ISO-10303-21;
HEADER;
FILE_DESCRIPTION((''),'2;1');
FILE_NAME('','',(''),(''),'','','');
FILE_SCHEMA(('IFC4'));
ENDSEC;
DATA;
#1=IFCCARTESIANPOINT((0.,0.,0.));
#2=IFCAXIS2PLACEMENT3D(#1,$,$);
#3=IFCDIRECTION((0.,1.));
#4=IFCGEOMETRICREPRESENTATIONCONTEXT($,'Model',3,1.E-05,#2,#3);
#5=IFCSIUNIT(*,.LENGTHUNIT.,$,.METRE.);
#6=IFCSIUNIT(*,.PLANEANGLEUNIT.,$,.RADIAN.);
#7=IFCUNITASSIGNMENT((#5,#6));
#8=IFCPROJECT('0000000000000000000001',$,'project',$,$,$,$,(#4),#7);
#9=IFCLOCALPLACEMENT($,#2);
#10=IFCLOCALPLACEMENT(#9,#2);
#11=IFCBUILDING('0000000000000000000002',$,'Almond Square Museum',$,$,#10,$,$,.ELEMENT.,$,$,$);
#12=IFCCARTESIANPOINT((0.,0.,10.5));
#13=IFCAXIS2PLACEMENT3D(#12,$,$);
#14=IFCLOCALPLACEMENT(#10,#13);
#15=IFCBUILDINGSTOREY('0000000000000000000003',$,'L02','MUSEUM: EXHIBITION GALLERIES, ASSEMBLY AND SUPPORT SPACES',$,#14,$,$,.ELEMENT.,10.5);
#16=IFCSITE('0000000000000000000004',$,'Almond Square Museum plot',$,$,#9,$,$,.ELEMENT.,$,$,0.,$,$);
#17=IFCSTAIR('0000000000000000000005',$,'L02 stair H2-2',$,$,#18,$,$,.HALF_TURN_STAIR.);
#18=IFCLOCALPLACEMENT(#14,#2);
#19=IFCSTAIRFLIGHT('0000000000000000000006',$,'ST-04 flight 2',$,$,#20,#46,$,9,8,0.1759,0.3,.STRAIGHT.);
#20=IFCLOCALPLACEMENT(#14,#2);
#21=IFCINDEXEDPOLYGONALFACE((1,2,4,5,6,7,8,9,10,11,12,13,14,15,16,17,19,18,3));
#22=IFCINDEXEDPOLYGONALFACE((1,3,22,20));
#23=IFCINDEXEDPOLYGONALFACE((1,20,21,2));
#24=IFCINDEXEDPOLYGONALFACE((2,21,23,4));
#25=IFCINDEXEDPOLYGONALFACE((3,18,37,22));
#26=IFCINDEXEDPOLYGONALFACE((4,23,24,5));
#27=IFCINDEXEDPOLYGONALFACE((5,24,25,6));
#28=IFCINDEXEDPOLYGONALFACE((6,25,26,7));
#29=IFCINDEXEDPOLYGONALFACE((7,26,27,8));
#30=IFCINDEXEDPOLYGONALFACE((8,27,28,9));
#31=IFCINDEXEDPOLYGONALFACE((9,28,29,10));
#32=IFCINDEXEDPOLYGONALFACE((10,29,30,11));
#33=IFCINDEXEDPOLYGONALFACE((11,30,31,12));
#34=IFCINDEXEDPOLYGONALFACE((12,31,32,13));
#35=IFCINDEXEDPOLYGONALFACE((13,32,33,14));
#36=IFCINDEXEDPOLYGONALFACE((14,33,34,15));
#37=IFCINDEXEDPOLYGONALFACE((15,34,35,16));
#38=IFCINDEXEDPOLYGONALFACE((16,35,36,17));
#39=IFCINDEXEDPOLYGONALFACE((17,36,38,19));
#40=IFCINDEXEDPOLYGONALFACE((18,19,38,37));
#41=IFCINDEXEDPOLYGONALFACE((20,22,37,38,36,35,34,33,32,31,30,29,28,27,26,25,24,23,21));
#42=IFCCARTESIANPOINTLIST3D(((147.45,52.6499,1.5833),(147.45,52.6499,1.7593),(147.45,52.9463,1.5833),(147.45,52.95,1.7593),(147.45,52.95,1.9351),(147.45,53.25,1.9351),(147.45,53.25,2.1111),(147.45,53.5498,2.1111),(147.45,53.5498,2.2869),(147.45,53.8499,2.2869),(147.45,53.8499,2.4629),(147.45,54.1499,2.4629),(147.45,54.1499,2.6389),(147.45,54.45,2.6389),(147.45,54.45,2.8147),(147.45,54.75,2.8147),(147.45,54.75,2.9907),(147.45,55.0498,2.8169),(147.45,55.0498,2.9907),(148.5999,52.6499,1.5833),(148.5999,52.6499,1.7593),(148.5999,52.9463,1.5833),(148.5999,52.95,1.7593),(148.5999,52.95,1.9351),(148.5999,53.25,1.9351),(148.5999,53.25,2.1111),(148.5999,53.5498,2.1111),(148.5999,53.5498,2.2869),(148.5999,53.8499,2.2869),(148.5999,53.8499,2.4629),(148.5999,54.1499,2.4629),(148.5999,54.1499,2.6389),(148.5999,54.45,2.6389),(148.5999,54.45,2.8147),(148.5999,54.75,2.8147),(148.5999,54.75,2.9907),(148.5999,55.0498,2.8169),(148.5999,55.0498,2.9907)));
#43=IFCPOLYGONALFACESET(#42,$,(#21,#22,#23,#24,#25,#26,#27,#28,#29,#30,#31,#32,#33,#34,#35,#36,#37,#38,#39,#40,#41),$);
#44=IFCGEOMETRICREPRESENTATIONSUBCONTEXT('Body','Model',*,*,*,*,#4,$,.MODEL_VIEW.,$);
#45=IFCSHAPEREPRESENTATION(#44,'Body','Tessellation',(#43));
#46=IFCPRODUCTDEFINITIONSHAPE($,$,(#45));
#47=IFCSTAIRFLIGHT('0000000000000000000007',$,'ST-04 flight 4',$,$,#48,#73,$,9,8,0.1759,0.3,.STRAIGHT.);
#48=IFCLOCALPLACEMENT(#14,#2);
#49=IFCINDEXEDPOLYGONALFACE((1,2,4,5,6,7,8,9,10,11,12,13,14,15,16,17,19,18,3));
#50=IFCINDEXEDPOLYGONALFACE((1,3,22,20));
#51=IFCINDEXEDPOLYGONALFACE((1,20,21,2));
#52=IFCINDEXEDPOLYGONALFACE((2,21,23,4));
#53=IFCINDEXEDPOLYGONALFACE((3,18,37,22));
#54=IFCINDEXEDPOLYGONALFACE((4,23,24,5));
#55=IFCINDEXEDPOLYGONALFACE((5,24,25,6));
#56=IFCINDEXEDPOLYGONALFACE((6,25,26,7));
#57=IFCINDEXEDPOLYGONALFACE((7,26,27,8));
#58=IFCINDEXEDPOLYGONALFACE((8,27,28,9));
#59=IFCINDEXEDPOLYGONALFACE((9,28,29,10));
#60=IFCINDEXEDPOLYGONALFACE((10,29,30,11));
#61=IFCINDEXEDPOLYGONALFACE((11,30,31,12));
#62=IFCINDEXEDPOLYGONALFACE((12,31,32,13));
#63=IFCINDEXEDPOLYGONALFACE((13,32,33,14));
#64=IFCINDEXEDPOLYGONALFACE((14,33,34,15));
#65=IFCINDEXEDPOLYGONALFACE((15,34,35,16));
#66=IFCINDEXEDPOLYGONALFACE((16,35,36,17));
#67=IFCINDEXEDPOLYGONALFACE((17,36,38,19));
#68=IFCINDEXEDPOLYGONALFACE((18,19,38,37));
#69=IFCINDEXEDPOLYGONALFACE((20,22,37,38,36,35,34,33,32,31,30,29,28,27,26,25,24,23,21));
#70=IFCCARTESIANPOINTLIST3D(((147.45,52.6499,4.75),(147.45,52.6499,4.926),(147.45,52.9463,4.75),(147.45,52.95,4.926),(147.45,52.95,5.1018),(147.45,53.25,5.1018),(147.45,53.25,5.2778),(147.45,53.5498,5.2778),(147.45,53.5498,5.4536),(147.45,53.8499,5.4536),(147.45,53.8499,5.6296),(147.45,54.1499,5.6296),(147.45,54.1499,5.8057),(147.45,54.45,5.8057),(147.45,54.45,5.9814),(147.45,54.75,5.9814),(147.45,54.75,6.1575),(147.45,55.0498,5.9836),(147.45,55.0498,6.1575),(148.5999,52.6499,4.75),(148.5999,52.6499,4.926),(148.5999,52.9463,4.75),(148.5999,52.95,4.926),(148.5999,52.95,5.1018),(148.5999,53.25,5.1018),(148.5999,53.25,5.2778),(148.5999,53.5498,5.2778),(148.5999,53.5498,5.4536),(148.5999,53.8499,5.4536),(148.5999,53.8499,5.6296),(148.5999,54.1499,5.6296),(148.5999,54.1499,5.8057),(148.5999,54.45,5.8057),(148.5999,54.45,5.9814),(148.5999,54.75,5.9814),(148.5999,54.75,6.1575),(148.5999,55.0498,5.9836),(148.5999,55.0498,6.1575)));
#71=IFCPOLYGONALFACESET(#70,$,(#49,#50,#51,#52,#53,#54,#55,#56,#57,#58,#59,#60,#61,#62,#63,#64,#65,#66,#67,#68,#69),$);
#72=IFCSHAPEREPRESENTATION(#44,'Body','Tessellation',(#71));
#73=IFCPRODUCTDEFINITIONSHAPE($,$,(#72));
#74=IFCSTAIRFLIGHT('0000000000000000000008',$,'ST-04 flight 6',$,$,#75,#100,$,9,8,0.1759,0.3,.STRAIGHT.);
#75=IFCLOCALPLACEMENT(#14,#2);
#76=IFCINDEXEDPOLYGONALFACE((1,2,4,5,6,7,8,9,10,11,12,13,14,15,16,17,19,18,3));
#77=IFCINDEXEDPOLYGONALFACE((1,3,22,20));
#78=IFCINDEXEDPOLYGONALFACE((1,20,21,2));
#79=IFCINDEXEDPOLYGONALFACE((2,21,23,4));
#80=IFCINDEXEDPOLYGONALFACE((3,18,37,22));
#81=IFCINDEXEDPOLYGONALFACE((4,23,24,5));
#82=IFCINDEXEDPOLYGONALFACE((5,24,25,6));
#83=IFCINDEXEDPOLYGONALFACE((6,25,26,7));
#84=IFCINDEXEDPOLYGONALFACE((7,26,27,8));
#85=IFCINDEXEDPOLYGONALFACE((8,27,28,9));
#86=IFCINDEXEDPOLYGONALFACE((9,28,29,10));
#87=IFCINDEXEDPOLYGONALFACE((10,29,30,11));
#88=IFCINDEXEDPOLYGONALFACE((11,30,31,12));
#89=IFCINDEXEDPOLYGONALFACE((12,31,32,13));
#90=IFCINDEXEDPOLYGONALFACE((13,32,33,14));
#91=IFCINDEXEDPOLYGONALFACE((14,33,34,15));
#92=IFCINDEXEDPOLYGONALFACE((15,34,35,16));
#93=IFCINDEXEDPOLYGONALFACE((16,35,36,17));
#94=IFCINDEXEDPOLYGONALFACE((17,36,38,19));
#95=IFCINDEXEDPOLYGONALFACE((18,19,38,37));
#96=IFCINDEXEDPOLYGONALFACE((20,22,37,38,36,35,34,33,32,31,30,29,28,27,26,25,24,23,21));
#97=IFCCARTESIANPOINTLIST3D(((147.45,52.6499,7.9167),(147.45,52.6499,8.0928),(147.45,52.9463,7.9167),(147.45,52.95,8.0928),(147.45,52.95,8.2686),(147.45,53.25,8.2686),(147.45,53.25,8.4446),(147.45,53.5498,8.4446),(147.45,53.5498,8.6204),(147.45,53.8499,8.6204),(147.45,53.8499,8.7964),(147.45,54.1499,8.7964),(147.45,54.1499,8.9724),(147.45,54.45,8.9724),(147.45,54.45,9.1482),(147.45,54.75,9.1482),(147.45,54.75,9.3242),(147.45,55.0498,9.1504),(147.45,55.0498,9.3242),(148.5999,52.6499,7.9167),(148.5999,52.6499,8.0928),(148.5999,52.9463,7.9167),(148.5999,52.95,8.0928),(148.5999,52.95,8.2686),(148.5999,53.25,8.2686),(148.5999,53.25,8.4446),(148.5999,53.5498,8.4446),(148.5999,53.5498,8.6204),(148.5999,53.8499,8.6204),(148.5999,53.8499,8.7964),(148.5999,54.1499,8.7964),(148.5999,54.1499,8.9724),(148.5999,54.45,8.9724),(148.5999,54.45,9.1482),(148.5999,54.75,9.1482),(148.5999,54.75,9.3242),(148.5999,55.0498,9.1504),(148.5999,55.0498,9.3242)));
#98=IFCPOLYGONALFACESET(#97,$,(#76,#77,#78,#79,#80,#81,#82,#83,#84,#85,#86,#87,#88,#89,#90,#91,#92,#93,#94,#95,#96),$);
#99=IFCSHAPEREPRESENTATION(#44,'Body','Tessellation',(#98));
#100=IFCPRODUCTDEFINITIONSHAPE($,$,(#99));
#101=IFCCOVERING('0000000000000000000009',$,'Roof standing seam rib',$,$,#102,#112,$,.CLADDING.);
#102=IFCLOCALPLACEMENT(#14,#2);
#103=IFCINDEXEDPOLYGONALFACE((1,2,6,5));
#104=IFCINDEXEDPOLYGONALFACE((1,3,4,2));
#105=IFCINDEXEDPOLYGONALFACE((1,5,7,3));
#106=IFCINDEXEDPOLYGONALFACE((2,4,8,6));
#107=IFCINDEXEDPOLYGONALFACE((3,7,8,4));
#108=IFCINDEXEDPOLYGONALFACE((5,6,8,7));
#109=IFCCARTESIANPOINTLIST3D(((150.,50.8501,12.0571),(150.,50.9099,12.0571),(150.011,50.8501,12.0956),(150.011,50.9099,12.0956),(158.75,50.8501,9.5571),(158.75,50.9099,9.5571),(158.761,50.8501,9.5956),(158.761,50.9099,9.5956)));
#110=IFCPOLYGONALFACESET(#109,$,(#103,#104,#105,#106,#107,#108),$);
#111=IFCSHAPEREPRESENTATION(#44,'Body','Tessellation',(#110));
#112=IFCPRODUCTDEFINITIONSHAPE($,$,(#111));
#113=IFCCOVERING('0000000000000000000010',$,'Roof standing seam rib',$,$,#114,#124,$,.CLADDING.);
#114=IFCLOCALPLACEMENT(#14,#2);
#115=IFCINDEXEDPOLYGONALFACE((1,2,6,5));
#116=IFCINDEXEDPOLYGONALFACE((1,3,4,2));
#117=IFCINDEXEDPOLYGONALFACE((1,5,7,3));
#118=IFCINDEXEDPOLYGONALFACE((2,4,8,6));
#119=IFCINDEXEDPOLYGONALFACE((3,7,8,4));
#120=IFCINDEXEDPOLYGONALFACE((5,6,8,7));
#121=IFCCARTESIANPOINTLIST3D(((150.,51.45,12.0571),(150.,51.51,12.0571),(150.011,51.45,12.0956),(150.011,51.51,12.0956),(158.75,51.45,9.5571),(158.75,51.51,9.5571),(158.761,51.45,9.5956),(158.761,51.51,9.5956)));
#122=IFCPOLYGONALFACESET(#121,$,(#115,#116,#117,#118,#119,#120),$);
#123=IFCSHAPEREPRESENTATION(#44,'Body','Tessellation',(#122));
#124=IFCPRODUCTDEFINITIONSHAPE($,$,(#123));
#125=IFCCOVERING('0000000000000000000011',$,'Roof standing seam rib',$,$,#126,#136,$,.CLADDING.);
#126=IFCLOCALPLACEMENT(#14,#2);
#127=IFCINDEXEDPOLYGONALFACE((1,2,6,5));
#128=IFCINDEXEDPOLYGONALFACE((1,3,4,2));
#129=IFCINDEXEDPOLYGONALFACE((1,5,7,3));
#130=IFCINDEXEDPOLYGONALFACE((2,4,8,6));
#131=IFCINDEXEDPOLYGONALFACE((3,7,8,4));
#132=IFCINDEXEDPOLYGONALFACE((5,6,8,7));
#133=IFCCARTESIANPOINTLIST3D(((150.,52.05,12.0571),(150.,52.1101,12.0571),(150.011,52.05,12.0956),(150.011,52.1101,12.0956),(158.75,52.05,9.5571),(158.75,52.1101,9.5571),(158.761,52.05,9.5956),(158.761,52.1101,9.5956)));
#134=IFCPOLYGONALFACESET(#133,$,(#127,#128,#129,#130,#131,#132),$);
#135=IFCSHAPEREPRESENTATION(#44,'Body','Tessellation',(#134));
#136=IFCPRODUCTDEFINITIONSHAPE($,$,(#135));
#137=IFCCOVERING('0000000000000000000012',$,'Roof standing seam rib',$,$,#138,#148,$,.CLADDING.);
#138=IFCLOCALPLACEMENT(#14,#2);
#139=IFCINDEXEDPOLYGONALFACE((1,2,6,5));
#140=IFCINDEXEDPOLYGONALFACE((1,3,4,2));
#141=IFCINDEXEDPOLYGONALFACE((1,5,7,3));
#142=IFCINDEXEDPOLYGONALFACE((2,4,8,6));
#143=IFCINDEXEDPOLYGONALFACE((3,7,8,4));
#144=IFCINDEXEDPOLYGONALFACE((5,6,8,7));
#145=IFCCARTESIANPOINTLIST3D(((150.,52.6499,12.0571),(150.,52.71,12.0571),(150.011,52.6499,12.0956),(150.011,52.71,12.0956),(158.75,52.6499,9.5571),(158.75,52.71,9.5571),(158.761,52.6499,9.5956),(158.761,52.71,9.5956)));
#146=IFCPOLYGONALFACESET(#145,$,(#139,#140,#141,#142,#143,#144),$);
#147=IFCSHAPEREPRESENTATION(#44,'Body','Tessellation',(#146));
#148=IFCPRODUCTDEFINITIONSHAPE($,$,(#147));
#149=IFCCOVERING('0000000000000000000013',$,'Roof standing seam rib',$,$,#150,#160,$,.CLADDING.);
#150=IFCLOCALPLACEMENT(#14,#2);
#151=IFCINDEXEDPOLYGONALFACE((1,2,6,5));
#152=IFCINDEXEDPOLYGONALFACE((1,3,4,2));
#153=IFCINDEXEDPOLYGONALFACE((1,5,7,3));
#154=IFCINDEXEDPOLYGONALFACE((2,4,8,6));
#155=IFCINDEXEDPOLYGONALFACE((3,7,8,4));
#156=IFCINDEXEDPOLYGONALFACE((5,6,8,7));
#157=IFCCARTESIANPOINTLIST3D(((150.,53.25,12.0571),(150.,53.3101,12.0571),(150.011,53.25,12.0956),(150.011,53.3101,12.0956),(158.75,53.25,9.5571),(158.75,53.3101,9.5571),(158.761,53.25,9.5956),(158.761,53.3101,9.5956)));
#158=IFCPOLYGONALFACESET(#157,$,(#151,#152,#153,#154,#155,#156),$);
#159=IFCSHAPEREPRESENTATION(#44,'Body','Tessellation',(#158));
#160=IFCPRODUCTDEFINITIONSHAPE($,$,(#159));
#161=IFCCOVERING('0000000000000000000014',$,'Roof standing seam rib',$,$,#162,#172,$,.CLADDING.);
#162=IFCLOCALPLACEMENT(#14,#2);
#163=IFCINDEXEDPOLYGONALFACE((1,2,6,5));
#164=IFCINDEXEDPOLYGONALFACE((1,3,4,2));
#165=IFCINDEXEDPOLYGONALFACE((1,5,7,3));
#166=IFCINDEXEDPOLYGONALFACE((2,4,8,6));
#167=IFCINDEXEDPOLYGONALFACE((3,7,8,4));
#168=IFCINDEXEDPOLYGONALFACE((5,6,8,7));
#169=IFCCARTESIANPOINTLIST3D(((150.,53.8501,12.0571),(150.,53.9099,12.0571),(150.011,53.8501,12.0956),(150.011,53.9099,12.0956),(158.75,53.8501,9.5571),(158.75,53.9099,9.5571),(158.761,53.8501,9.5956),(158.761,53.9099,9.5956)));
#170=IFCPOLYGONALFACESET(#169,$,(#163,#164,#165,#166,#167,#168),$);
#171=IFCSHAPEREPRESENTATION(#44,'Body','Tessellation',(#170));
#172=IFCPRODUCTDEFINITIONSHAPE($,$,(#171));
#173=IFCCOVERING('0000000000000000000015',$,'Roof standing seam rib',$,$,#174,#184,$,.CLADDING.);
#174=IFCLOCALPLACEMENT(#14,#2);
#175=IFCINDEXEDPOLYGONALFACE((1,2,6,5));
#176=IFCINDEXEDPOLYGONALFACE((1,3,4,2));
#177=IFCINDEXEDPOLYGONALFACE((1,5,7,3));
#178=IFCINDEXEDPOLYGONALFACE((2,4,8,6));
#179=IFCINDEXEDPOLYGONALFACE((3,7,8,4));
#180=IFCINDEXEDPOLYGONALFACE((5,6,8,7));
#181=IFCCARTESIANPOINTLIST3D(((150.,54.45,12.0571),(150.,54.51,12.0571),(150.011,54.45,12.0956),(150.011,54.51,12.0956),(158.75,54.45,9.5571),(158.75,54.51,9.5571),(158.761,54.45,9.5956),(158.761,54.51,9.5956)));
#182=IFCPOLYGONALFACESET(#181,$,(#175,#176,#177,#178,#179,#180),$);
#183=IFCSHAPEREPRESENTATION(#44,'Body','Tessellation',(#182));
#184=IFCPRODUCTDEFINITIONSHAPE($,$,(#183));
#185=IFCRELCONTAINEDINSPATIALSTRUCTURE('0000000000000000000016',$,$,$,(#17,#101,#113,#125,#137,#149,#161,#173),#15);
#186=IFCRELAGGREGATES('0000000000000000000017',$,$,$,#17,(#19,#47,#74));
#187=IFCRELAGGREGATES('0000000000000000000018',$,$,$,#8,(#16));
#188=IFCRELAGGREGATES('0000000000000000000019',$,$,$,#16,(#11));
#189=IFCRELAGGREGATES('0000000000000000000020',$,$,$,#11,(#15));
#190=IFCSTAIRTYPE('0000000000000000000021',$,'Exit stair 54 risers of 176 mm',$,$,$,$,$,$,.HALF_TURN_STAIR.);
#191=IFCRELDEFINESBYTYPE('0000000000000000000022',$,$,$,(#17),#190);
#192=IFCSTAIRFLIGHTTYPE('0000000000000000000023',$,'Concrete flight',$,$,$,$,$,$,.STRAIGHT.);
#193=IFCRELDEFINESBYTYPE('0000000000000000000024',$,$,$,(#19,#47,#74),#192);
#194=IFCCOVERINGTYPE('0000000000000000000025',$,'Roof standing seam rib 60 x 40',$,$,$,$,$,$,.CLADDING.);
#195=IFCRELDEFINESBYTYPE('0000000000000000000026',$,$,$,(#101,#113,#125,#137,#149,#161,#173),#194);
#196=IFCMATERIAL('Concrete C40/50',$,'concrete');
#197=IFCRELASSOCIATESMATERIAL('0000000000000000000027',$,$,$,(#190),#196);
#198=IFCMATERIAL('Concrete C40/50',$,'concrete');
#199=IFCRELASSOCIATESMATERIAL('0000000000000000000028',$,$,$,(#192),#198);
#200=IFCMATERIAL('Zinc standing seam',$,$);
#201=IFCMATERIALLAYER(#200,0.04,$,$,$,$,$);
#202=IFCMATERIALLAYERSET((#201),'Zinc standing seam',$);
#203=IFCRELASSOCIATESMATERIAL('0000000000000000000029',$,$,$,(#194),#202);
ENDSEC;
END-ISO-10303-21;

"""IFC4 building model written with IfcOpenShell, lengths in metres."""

from ifc_helpers import new_model, si_unit, direction, frame, origin, place, context, subcontext, project, spatial, polyline, outline, extrude, material, layer, layer_set, type_object, element, aggregate, save


model = new_model("IFC4")

# Units and contexts
model_context = context("Model", 3, precision=1e-05, world=origin(), true_north=direction((0.0, 1.0)))
body_context = subcontext(model_context, "Body", "Model", "MODEL_VIEW")
ifc_project = project(units=[si_unit("LENGTHUNIT", "METRE"), si_unit("PLANEANGLEUNIT", "RADIAN")], contexts=[model_context])

# Site, building, storey
site_placement = place(None, origin())
site = spatial("IfcSite", under=ifc_project, at=site_placement, Name="Almond Square Museum plot", CompositionType="ELEMENT", RefElevation=0.0)
building_placement = place(site_placement, origin())
building = spatial("IfcBuilding", under=site, at=building_placement, Name="Almond Square Museum", CompositionType="ELEMENT")
storey_placement = place(building_placement, frame((0.0, 0.0, 10.5)))
storey = spatial("IfcBuildingStorey", under=building, at=storey_placement, Name="L02", Description="MUSEUM: EXHIBITION GALLERIES, ASSEMBLY AND SUPPORT SPACES", CompositionType="ELEMENT", Elevation=10.5)

# Stair, stair flights
ifc_material_1 = material(Name="Concrete C40/50", Category="concrete")
stair_type = type_object("IfcStairType", Name="Exit stair 54 risers of 176 mm", PredefinedType="HALF_TURN_STAIR", material=ifc_material_1)
stair_placement = place(storey_placement, origin())
stair = element("IfcStair", 1, at=stair_placement, inside=storey, type_object=stair_type, Name="L02 stair H2-2", PredefinedType="HALF_TURN_STAIR")
ifc_material_2 = material(Name="Concrete C40/50", Category="concrete")
stair_flight_type = type_object("IfcStairFlightType", Name="Concrete flight", PredefinedType="STRAIGHT", material=ifc_material_2)
stair_flight_1_placement = place(storey_placement, frame((148.0249, 52.6499, 1.5833), z_axis=(0.0, 0.0, 1.0), x_axis=(0.0, 1.0, 0.0)))
stair_flight_1 = element("IfcStairFlight", 2, at=stair_flight_1_placement, type_object=stair_flight_type, Name="ST-04 flight 2", NumberOfRisers=9, NumberOfTreads=8, PredefinedType="STRAIGHT", RiserHeight=0.1759, TreadLength=0.3, context=body_context, shape_type="SweptSolid", body=[
    extrude(outline(polyline([(0.0, 0.0), (0.0, 0.176), (0.3, 0.176), (0.3, 0.3518), (0.6001, 0.3518), (0.6001, 0.5278), (0.8999, 0.5278), (0.8999, 0.7036), (1.2, 0.7036), (1.2, 0.8796), (1.5, 0.8796), (1.5, 1.0557), (1.8, 1.0557), (1.8, 1.2314), (2.1001, 1.2314), (2.1001, 1.4075), (2.3999, 1.4075), (2.3999, 1.5833), (2.3999, 1.2336), (0.2964, 0.0), (0.0, 0.0)])), frame((0.0, 0.575, 0.0), z_axis=(0.0, -1.0, 0.0), x_axis=(1.0, 0.0, 0.0)), (0.0, 0.0, 1.0), 1.1499),
])
stair_flight_2_placement = place(storey_placement, frame((148.0249, 52.6499, 4.75), z_axis=(0.0, 0.0, 1.0), x_axis=(0.0, 1.0, 0.0)))
stair_flight_2 = element("IfcStairFlight", 3, at=stair_flight_2_placement, type_object=stair_flight_type, Name="ST-04 flight 4", NumberOfRisers=9, NumberOfTreads=8, PredefinedType="STRAIGHT", RiserHeight=0.1759, TreadLength=0.3, context=body_context, shape_type="SweptSolid", body=[
    extrude(outline(polyline([(0.0, 0.0), (0.0, 0.176), (0.3, 0.176), (0.3, 0.3518), (0.6001, 0.3518), (0.6001, 0.5278), (0.8999, 0.5278), (0.8999, 0.7036), (1.2, 0.7036), (1.2, 0.8796), (1.5, 0.8796), (1.5, 1.0557), (1.8, 1.0557), (1.8, 1.2314), (2.1001, 1.2314), (2.1001, 1.4075), (2.3999, 1.4075), (2.3999, 1.5833), (2.3999, 1.2336), (0.2964, 0.0), (0.0, 0.0)])), frame((0.0, 0.575, 0.0), z_axis=(0.0, -1.0, 0.0), x_axis=(1.0, 0.0, 0.0)), (0.0, 0.0, 1.0), 1.1499),
])
stair_flight_3_placement = place(storey_placement, frame((148.0249, 52.6499, 7.9167), z_axis=(0.0, 0.0, 1.0), x_axis=(0.0, 1.0, 0.0)))
stair_flight_3 = element("IfcStairFlight", 4, at=stair_flight_3_placement, type_object=stair_flight_type, Name="ST-04 flight 6", NumberOfRisers=9, NumberOfTreads=8, PredefinedType="STRAIGHT", RiserHeight=0.1759, TreadLength=0.3, context=body_context, shape_type="SweptSolid", body=[
    extrude(outline(polyline([(0.0, 0.0), (0.0, 0.176), (0.3, 0.176), (0.3, 0.3518), (0.6001, 0.3518), (0.6001, 0.5278), (0.8999, 0.5278), (0.8999, 0.7036), (1.2, 0.7036), (1.2, 0.8796), (1.5, 0.8796), (1.5, 1.0557), (1.8, 1.0557), (1.8, 1.2314), (2.1001, 1.2314), (2.1001, 1.4075), (2.3999, 1.4075), (2.3999, 1.5833), (2.3999, 1.2336), (0.2964, 0.0), (0.0, 0.0)])), frame((0.0, 0.575, 0.0), z_axis=(0.0, -1.0, 0.0), x_axis=(1.0, 0.0, 0.0)), (0.0, 0.0, 1.0), 1.1499),
])
aggregate(stair, [stair_flight_1, stair_flight_2, stair_flight_3])

# Coverings
ifc_material_3 = material(Name="Zinc standing seam")
ifc_layer_1 = layer(ifc_material_3, 0.04)
ifc_layer_set_1 = layer_set([ifc_layer_1], Name="Zinc standing seam")
covering_type = type_object("IfcCoveringType", Name="Roof standing seam rib 60 x 40", PredefinedType="CLADDING", material=ifc_layer_set_1)
covering_1_placement = place(storey_placement, frame((158.75, 50.8501, 9.5571), z_axis=(0.274721, 0.0, 0.961524), x_axis=(0.0, 1.0, 0.0)))
element("IfcCovering", 5, at=covering_1_placement, inside=storey, type_object=covering_type, Name="Roof standing seam rib", PredefinedType="CLADDING", context=body_context, shape_type="SweptSolid", body=[
    extrude(outline(polyline([(0.0, 0.0), (0.0598, 0.0), (0.0598, 9.1001), (0.0, 9.1001), (0.0, 0.0)])), origin(), (0.0, 0.0, 1.0), 0.04),
])
for number, where, z_axis, x_axis, name in (
    (6, (158.75, 51.45, 9.5571), (0.274721, 0.0, 0.961524), (0.0, 1.0, 0.0), "Roof standing seam rib"),
    (7, (158.75, 52.05, 9.5571), (0.274721, 0.0, 0.961524), (0.0, 1.0, 0.0), "Roof standing seam rib"),
    (8, (158.75, 52.6499, 9.5571), (0.274721, 0.0, 0.961524), (0.0, 1.0, 0.0), "Roof standing seam rib"),
    (9, (158.75, 53.25, 9.5571), (0.274721, 0.0, 0.961524), (0.0, 1.0, 0.0), "Roof standing seam rib"),
):
    element("IfcCovering", number, at=place(storey_placement, frame(where, z_axis=z_axis, x_axis=x_axis)), inside=storey, type_object=covering_type, Name=name, PredefinedType="CLADDING", context=body_context, shape_type="SweptSolid", body=[
        extrude(outline(polyline([(0.0, 0.0), (0.0601, 0.0), (0.0601, 9.1001), (0.0, 9.1001), (0.0, 0.0)])), origin(), (0.0, 0.0, 1.0), 0.04),
    ])
covering_2_placement = place(storey_placement, frame((158.75, 53.8501, 9.5571), z_axis=(0.274721, 0.0, 0.961524), x_axis=(0.0, 1.0, 0.0)))
element("IfcCovering", 10, at=covering_2_placement, inside=storey, type_object=covering_type, Name="Roof standing seam rib", PredefinedType="CLADDING", context=body_context, shape_type="SweptSolid", body=[
    extrude(outline(polyline([(0.0, 0.0), (0.0598, 0.0), (0.0598, 9.1001), (0.0, 9.1001), (0.0, 0.0)])), origin(), (0.0, 0.0, 1.0), 0.04),
])
covering_3_placement = place(storey_placement, frame((158.75, 54.45, 9.5571), z_axis=(0.274721, 0.0, 0.961524), x_axis=(0.0, 1.0, 0.0)))
element("IfcCovering", 11, at=covering_3_placement, inside=storey, type_object=covering_type, Name="Roof standing seam rib", PredefinedType="CLADDING", context=body_context, shape_type="SweptSolid", body=[
    extrude(outline(polyline([(0.0, 0.0), (0.0601, 0.0), (0.0601, 9.1001), (0.0, 9.1001), (0.0, 0.0)])), origin(), (0.0, 0.0, 1.0), 0.04),
])

save(model, "model.ifc")
